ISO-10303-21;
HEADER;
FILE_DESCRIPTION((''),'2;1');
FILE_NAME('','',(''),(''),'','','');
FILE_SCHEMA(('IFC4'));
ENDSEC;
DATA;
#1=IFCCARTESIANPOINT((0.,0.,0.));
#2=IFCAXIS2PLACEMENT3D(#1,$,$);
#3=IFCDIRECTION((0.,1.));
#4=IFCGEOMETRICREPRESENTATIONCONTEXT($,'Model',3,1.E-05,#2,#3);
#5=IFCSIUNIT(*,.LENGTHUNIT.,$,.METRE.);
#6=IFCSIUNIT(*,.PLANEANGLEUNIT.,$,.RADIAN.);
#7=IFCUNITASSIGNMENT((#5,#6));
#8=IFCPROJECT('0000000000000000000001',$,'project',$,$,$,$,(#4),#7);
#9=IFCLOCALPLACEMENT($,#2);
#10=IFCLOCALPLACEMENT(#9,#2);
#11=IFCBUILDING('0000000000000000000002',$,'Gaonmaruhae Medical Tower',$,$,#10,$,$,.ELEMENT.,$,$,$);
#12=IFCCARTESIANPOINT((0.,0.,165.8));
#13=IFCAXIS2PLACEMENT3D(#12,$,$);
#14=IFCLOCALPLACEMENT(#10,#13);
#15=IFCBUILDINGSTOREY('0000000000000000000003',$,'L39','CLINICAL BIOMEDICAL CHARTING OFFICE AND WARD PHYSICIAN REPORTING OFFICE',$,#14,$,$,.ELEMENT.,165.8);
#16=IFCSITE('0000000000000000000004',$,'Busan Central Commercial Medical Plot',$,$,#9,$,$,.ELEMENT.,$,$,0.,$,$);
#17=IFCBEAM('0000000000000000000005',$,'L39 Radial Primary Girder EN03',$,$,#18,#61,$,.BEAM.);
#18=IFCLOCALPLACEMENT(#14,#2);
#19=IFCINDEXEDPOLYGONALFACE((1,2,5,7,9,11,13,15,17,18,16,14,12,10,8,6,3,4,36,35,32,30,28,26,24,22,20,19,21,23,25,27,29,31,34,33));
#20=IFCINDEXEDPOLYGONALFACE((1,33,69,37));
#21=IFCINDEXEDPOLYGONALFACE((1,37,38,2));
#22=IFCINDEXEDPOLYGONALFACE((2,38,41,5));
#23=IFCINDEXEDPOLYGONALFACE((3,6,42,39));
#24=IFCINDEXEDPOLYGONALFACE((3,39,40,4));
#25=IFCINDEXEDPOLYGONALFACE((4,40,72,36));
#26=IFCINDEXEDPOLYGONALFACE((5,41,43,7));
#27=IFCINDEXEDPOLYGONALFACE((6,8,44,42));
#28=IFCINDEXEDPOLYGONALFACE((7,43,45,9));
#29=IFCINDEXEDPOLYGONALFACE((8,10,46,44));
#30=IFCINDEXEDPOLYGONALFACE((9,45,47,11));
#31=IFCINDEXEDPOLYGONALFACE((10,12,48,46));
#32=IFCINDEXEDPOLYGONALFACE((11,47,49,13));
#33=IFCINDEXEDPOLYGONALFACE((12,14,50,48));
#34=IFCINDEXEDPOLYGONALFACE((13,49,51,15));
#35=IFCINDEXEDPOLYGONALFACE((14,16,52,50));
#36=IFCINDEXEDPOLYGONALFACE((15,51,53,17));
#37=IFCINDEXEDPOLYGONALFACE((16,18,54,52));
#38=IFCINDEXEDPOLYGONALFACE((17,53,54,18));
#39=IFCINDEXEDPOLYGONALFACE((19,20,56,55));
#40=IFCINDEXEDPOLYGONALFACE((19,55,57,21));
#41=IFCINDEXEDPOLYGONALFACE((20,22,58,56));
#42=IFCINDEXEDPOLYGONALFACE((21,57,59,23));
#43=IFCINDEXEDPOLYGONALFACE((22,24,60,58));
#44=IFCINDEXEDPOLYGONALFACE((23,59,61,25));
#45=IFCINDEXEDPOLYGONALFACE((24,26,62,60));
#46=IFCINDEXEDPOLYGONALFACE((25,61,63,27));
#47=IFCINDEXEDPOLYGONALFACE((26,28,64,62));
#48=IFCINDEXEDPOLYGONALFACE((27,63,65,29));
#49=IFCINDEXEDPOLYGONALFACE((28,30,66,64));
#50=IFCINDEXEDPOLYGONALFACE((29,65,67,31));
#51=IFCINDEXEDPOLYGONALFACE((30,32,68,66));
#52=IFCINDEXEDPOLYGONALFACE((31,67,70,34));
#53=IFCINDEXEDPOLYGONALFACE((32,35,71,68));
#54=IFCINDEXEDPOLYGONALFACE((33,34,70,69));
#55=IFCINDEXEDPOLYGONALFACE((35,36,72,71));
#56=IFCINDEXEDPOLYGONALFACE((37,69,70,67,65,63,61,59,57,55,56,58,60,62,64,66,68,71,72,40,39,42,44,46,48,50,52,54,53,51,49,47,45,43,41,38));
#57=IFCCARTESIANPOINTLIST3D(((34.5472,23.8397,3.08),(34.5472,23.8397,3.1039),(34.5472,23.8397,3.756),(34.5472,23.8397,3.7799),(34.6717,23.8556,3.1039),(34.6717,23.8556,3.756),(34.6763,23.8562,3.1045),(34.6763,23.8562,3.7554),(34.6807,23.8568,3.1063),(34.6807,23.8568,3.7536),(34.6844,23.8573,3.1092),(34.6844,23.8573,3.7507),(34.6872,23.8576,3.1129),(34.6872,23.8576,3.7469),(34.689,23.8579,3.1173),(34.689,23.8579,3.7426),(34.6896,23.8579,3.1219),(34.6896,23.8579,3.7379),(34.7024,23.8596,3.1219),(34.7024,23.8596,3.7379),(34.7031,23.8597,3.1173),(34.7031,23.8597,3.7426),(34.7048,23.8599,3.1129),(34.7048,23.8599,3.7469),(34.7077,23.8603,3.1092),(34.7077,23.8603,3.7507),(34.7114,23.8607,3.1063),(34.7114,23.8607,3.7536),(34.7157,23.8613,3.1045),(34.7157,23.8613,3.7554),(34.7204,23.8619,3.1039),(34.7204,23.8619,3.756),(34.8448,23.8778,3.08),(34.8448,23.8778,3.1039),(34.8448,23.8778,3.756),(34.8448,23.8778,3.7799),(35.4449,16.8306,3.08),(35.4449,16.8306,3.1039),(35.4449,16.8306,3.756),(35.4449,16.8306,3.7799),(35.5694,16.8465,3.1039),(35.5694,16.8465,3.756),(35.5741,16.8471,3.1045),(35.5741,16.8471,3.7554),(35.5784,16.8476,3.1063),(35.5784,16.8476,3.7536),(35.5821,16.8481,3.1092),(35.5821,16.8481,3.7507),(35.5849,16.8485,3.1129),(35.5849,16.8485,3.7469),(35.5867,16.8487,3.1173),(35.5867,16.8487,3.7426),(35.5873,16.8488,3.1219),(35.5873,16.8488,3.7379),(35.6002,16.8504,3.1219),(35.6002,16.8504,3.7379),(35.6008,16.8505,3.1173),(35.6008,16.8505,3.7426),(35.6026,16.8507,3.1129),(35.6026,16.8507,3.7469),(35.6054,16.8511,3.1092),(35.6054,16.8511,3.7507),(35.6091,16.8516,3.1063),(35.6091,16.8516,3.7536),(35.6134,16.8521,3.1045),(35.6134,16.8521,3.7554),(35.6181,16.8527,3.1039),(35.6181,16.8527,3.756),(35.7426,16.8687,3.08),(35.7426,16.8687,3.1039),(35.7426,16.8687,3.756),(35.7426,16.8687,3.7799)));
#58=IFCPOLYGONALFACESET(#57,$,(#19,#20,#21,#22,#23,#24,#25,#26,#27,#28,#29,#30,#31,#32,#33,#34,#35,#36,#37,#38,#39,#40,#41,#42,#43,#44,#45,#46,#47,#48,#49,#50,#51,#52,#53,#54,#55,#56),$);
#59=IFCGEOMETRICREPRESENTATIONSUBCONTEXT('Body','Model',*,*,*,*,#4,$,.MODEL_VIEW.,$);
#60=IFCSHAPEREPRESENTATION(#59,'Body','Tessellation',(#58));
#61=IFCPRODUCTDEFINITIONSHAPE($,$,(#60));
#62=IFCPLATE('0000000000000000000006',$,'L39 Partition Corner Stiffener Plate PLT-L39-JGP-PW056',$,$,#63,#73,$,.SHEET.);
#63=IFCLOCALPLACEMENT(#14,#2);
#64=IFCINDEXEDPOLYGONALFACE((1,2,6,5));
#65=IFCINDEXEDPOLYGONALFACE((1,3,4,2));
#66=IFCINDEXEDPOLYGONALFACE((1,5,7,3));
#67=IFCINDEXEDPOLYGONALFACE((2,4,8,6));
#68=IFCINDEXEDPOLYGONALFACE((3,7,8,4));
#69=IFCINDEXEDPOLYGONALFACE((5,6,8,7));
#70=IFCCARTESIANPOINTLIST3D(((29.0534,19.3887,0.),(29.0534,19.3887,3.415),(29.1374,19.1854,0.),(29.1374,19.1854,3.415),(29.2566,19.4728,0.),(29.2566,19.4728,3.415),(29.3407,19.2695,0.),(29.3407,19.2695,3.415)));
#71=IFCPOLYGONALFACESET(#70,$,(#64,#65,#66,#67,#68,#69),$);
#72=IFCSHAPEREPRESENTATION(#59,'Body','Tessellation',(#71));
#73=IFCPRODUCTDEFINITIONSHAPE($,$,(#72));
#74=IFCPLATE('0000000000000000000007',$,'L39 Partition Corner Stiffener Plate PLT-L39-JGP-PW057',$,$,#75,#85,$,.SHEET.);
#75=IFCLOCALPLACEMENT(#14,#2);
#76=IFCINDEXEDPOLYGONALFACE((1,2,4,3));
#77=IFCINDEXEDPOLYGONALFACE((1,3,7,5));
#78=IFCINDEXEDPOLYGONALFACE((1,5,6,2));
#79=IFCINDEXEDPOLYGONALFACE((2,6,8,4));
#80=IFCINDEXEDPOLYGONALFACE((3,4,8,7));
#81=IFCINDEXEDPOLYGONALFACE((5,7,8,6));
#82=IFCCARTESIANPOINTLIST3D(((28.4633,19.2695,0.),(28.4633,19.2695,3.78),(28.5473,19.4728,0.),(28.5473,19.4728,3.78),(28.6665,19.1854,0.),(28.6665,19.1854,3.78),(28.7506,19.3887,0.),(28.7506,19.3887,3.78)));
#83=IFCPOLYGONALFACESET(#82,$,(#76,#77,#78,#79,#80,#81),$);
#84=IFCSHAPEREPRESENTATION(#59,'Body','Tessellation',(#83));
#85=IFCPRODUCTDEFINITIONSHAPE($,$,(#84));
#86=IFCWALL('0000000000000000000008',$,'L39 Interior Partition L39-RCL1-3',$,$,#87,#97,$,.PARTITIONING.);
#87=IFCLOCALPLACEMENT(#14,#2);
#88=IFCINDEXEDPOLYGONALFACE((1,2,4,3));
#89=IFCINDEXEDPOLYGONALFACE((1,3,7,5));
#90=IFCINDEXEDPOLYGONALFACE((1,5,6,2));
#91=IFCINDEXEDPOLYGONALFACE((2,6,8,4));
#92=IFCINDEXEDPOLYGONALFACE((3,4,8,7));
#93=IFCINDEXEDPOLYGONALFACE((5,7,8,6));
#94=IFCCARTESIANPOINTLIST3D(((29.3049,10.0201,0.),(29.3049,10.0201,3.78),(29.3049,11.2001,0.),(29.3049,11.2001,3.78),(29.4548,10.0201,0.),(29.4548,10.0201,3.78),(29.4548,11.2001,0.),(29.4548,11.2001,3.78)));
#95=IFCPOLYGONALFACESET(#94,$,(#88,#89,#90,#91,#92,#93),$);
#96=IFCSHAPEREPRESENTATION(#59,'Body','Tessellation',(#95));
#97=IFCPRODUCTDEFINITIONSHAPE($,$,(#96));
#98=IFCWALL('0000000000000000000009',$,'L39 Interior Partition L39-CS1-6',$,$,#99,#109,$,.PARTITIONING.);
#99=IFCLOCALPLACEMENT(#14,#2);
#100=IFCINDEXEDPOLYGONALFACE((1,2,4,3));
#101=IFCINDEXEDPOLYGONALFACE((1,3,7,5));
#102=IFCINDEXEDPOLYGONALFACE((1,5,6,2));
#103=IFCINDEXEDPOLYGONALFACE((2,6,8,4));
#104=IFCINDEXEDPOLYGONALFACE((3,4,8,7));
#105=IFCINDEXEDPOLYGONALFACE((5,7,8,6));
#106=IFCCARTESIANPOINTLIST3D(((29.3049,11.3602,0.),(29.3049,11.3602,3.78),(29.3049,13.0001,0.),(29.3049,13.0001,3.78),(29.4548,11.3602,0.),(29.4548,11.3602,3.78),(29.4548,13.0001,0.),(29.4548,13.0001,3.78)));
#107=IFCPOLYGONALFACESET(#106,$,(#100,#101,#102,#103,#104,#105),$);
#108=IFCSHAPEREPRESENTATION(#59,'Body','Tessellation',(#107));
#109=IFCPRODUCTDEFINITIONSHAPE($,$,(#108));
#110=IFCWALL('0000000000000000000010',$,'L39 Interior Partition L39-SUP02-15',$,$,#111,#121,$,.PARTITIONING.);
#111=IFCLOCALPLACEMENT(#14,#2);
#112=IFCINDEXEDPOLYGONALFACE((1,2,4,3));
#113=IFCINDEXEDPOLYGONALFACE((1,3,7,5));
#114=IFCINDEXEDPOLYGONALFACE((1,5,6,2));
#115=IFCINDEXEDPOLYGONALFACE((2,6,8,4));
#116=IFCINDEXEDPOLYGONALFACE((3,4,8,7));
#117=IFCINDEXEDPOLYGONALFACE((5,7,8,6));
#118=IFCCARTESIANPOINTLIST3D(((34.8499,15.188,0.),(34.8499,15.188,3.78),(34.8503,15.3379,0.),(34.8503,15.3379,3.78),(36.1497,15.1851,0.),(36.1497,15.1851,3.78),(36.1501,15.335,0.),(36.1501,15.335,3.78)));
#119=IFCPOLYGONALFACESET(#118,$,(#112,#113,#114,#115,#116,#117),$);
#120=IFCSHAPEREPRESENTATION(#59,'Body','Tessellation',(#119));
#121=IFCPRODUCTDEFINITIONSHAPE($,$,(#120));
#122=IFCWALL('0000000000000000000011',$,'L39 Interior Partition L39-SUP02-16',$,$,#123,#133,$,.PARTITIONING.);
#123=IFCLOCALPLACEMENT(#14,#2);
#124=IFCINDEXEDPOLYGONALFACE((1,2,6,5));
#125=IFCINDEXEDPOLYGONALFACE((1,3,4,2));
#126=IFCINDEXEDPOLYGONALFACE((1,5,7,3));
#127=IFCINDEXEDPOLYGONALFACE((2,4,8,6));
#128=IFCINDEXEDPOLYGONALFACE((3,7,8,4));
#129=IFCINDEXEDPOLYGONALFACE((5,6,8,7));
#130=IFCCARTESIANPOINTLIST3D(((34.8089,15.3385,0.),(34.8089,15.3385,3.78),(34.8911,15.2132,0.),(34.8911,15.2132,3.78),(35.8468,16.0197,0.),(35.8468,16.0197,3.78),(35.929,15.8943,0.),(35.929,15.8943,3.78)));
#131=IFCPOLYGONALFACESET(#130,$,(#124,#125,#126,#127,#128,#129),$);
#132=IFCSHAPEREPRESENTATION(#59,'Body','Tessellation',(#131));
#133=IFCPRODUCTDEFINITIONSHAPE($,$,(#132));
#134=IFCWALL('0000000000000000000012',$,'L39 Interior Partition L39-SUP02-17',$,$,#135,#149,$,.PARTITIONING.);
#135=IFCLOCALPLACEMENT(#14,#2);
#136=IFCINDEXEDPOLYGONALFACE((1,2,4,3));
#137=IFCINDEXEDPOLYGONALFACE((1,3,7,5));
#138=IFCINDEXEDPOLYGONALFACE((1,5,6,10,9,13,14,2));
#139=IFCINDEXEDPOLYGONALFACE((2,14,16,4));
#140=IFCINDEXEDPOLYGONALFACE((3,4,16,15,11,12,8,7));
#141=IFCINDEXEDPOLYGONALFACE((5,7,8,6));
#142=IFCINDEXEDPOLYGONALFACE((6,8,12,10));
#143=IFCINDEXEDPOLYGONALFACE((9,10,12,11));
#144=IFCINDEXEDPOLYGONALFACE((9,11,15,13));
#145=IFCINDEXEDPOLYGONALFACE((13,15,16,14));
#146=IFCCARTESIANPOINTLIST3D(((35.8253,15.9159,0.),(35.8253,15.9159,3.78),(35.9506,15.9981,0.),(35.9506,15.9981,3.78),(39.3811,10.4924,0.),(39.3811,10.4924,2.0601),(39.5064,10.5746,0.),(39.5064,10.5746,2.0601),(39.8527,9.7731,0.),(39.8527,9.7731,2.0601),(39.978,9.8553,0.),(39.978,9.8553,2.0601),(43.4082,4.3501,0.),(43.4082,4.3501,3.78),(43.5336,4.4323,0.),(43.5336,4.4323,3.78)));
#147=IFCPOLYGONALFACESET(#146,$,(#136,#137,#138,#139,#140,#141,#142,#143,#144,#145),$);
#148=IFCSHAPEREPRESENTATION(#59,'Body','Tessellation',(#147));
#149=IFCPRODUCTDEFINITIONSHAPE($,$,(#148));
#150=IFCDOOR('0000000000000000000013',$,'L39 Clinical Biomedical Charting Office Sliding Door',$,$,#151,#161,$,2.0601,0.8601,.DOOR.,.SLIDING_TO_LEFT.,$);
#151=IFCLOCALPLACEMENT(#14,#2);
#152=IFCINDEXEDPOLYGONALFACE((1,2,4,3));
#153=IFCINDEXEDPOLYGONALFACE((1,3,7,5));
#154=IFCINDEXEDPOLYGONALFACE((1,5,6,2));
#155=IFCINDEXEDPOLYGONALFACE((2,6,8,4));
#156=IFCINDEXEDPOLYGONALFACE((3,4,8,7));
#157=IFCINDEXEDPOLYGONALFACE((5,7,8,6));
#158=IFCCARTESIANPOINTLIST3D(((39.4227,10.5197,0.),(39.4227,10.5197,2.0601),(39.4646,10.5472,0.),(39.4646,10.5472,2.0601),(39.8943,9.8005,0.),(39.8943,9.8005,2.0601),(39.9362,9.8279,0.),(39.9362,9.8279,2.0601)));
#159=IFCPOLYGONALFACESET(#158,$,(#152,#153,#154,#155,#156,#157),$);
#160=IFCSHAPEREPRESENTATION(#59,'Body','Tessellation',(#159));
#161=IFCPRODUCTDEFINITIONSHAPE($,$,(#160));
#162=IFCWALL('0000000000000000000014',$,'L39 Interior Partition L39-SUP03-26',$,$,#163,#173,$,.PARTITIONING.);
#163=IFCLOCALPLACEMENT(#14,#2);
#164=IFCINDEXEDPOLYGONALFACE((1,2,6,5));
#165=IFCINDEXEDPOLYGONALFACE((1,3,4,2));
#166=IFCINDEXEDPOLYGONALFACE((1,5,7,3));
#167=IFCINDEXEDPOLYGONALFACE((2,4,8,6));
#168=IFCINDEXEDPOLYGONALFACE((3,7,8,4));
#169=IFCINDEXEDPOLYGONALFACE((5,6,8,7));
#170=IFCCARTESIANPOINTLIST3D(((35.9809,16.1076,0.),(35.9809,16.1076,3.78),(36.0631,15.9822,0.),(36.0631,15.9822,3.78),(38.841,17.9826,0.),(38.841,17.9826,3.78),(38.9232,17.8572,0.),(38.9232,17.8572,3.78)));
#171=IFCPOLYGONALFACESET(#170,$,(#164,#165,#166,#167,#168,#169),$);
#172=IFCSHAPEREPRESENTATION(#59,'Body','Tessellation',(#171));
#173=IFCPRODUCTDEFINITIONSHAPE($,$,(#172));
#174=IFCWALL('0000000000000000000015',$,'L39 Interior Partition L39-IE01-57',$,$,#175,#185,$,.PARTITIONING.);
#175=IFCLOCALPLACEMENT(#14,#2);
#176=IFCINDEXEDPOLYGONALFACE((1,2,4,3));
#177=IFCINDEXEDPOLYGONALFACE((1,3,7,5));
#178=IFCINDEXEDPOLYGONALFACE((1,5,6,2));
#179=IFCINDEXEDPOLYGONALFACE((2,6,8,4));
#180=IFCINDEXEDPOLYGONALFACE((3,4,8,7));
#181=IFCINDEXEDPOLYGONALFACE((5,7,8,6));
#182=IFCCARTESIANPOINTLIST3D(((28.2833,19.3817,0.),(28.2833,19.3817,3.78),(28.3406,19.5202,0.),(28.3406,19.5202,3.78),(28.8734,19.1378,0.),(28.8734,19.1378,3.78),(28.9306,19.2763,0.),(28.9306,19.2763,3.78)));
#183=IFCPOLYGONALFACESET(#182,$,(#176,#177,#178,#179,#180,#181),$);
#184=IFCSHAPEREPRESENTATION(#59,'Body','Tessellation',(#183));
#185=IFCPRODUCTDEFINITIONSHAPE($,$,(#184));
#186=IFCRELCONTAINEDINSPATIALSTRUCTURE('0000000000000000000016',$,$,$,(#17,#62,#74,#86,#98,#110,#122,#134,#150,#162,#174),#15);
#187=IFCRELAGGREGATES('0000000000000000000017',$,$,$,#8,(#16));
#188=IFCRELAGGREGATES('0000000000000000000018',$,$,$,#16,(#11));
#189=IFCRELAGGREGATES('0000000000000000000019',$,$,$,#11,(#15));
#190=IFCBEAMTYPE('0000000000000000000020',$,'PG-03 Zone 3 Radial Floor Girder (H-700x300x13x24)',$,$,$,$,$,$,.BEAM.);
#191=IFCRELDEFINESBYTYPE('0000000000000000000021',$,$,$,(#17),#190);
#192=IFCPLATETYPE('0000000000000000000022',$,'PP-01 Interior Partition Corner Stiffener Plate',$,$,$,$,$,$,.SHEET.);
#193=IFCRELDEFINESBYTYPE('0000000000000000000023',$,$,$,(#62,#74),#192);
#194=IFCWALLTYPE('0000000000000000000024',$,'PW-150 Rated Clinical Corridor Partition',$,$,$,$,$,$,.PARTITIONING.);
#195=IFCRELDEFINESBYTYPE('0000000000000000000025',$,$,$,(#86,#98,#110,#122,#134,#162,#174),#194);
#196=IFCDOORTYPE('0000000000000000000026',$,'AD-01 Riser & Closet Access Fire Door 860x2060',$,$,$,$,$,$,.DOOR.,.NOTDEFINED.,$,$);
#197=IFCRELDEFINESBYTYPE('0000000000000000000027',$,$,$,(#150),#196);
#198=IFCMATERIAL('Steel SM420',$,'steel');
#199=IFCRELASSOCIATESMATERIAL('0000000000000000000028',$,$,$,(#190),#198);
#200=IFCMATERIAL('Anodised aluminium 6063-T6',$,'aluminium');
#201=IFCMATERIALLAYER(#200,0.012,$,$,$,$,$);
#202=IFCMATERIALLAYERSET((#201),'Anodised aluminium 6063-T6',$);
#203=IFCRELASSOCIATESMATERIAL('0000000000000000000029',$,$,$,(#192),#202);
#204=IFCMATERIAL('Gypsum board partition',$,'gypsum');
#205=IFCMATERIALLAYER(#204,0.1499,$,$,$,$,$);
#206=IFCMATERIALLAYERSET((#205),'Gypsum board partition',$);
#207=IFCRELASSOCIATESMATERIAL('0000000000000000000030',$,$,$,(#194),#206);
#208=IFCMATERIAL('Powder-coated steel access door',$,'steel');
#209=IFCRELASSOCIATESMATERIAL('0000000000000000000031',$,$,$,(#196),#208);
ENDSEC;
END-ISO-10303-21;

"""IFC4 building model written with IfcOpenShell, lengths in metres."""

from ifc_helpers import new_model, si_unit, direction, frame, frame_2d, origin, origin_2d, place, context, subcontext, project, spatial, rectangle, i_section, extrude, material, layer, layer_set, material_profile, profile_set, type_object, element, fill, save


model = new_model("IFC4")

# Units and contexts
model_context = context("Model", 3, precision=1e-05, world=origin(), true_north=direction((0.0, 1.0)))
body_context = subcontext(model_context, "Body", "Model", "MODEL_VIEW")
ifc_project = project(units=[si_unit("LENGTHUNIT", "METRE"), si_unit("PLANEANGLEUNIT", "RADIAN")], contexts=[model_context])

# Site, building, storey
site_placement = place(None, origin())
site = spatial("IfcSite", under=ifc_project, at=site_placement, Name="Busan Central Commercial Medical Plot", CompositionType="ELEMENT", RefElevation=0.0)
building_placement = place(site_placement, origin())
building = spatial("IfcBuilding", under=site, at=building_placement, Name="Gaonmaruhae Medical Tower", CompositionType="ELEMENT")
storey_placement = place(building_placement, frame((0.0, 0.0, 165.8)))
storey = spatial("IfcBuildingStorey", under=building, at=storey_placement, Name="L39", Description="CLINICAL BIOMEDICAL CHARTING OFFICE AND WARD PHYSICIAN REPORTING OFFICE", CompositionType="ELEMENT", Elevation=165.8)

# Beam
ifc_material_1 = material(Name="Steel SM420", Category="steel")
ifc_material_profile_1 = material_profile(ifc_material_1, i_section(OverallWidth=0.3, OverallDepth=0.7, WebThickness=0.0129, FlangeThickness=0.0239, FilletRadius=0.0181, at=origin_2d()), Name="H-700x300x13x24")
ifc_profile_set_1 = profile_set([ifc_material_profile_1], Name="Steel SM420")
beam_type = type_object("IfcBeamType", Name="PG-03 Zone 3 Radial Floor Girder (H-700x300x13x24)", PredefinedType="BEAM", material=ifc_profile_set_1)
beam_1_placement = place(storey_placement, frame((35.5938, 16.8496, 3.4299), z_axis=(-0.127041, 0.991898, 0.0), x_axis=(-0.991898, -0.127041, 0.0)))
element("IfcBeam", 1, at=beam_1_placement, inside=storey, type_object=beam_type, Name="L39 Radial Primary Girder EN03", PredefinedType="BEAM", context=body_context, shape_type="SweptSolid", body=[
    extrude(i_section(OverallWidth=0.3, OverallDepth=0.7, WebThickness=0.0129, FlangeThickness=0.0239, FilletRadius=0.0181, at=origin_2d()), origin(), (0.0, 0.0, 1.0), 7.0664),
])

# Plates
ifc_material_2 = material(Name="Anodised aluminium 6063-T6", Category="aluminium")
ifc_layer_1 = layer(ifc_material_2, 0.012)
ifc_layer_set_1 = layer_set([ifc_layer_1], Name="Anodised aluminium 6063-T6")
plate_type = type_object("IfcPlateType", Name="PP-01 Interior Partition Corner Stiffener Plate", PredefinedType="SHEET", material=ifc_layer_set_1)
plate_1_placement = place(storey_placement, frame((29.197, 19.3291, 0.0), z_axis=(0.0, 0.0, 1.0), x_axis=(-0.924093, -0.382167, 0.0)))
element("IfcPlate", 2, at=plate_1_placement, inside=storey, type_object=plate_type, Name="L39 Partition Corner Stiffener Plate PLT-L39-JGP-PW056", PredefinedType="SHEET", context=body_context, shape_type="SweptSolid", body=[
    extrude(rectangle(XDim=0.22, YDim=0.22, at=origin_2d()), origin(), (0.0, 0.0, 1.0), 3.415),
])
plate_2_placement = place(storey_placement, frame((28.6069, 19.3291, 0.0), z_axis=(0.0, 0.0, 1.0), x_axis=(-0.924093, 0.382167, 0.0)))
element("IfcPlate", 3, at=plate_2_placement, inside=storey, type_object=plate_type, Name="L39 Partition Corner Stiffener Plate PLT-L39-JGP-PW057", PredefinedType="SHEET", context=body_context, shape_type="SweptSolid", body=[
    extrude(rectangle(XDim=0.22, YDim=0.22, at=origin_2d()), origin(), (0.0, 0.0, 1.0), 3.78),
])

# Walls
ifc_material_3 = material(Name="Gypsum board partition", Category="gypsum")
ifc_layer_2 = layer(ifc_material_3, 0.1499)
ifc_layer_set_2 = layer_set([ifc_layer_2], Name="Gypsum board partition")
wall_type_1 = type_object("IfcWallType", Name="PW-150 Rated Clinical Corridor Partition", PredefinedType="PARTITIONING", material=ifc_layer_set_2)
wall_1_placement = place(storey_placement, frame((29.3799, 11.2, 0.0), z_axis=(0.0, 0.0, 1.0), x_axis=(0.0, -1.0, 0.0)))
element("IfcWall", 4, at=wall_1_placement, inside=storey, type_object=wall_type_1, Name="L39 Interior Partition L39-RCL1-3", PredefinedType="PARTITIONING", context=body_context, shape_type="SweptSolid", body=[
    extrude(rectangle(XDim=1.1799, YDim=0.1499, at=frame_2d((0.5898, 0.0))), origin(), (0.0, 0.0, 1.0), 3.78),
])
wall_2_placement = place(storey_placement, frame((29.3799, 13.0, 0.0), z_axis=(0.0, 0.0, 1.0), x_axis=(0.0, -1.0, 0.0)))
element("IfcWall", 5, at=wall_2_placement, inside=storey, type_object=wall_type_1, Name="L39 Interior Partition L39-CS1-6", PredefinedType="PARTITIONING", context=body_context, shape_type="SweptSolid", body=[
    extrude(rectangle(XDim=1.6399, YDim=0.1499, at=frame_2d((0.8198, 0.0))), origin(), (0.0, 0.0, 1.0), 3.78),
])
wall_3_placement = place(storey_placement, frame((36.1499, 15.26, 0.0), z_axis=(0.0, 0.0, 1.0), x_axis=(-0.999997, 0.002254, 0.0)))
element("IfcWall", 6, at=wall_3_placement, inside=storey, type_object=wall_type_1, Name="L39 Interior Partition L39-SUP02-15", PredefinedType="PARTITIONING", context=body_context, shape_type="SweptSolid", body=[
    extrude(rectangle(XDim=1.2998, YDim=0.1499, at=frame_2d((0.6499, 0.0))), origin(), (0.0, 0.0, 1.0), 3.78),
])
wall_4_placement = place(storey_placement, frame((34.8501, 15.2759, 0.0), z_axis=(0.0, 0.0, 1.0), x_axis=(0.836023, 0.548695, 0.0)))
element("IfcWall", 7, at=wall_4_placement, inside=storey, type_object=wall_type_1, Name="L39 Interior Partition L39-SUP02-16", PredefinedType="PARTITIONING", context=body_context, shape_type="SweptSolid", body=[
    extrude(rectangle(XDim=1.2415, YDim=0.1499, at=frame_2d((0.6206, 0.0))), origin(), (0.0, 0.0, 1.0), 3.78),
])

# Wall, opening, door
wall_5_placement = place(storey_placement, frame((35.8879, 15.957, 0.0), z_axis=(0.0, 0.0, 1.0), x_axis=(0.548296, -0.836284, 0.0)))
wall_5 = element("IfcWall", 8, at=wall_5_placement, inside=storey, type_object=wall_type_1, Name="L39 Interior Partition L39-SUP02-17", PredefinedType="PARTITIONING", context=body_context, shape_type="SweptSolid", body=[
    extrude(rectangle(XDim=13.8301, YDim=0.1499, at=frame_2d((6.915, 0.0))), origin(), (0.0, 0.0, 1.0), 3.78),
])
opening_1_placement = place(wall_5_placement, frame((6.4851, 0.0, 0.0)))
opening_1 = element("IfcOpeningElement", 9, at=opening_1_placement, cuts=wall_5, PredefinedType="OPENING", context=body_context, shape_type="SweptSolid", body=[
    extrude(rectangle(XDim=0.8601, YDim=2.0601, at=frame_2d((0.4302, 1.03))), frame((0.0, 0.085, 0.0), z_axis=(0.0, -1.0, 0.0), x_axis=(1.0, 0.0, 0.0)), (0.0, 0.0, 1.0), 0.1699),
])
ifc_material_4 = material(Name="Powder-coated steel access door", Category="steel")
door_type_1 = type_object("IfcDoorType", Name="AD-01 Riser & Closet Access Fire Door 860x2060", OperationType="NOTDEFINED", PredefinedType="DOOR", material=ifc_material_4)
door_1_placement = place(opening_1_placement, origin())
door_1 = element("IfcDoor", 10, at=door_1_placement, inside=storey, type_object=door_type_1, Name="L39 Clinical Biomedical Charting Office Sliding Door", OperationType="SLIDING_TO_LEFT", OverallHeight=2.0601, OverallWidth=0.8601, PredefinedType="DOOR", context=body_context, shape_type="SweptSolid", body=[
    extrude(rectangle(XDim=0.8601, YDim=2.0601, at=frame_2d((0.4302, 1.03))), frame((0.0, 0.0249, 0.0), z_axis=(0.0, -1.0, 0.0), x_axis=(1.0, 0.0, 0.0)), (0.0, 0.0, 1.0), 0.05),
])
fill(opening_1, door_1)

# Walls
wall_6_placement = place(storey_placement, frame((36.022, 16.0449, 0.0), z_axis=(0.0, 0.0, 1.0), x_axis=(0.836309, 0.548259, 0.0)))
element("IfcWall", 11, at=wall_6_placement, inside=storey, type_object=wall_type_1, Name="L39 Interior Partition L39-SUP03-26", PredefinedType="PARTITIONING", context=body_context, shape_type="SweptSolid", body=[
    extrude(rectangle(XDim=3.4199, YDim=0.1499, at=frame_2d((1.71, 0.0))), origin(), (0.0, 0.0, 1.0), 3.78),
])
wall_7_placement = place(storey_placement, frame((28.9021, 19.207, 0.0), z_axis=(0.0, 0.0, 1.0), x_axis=(-0.92417, 0.38198, 0.0)))
element("IfcWall", 12, at=wall_7_placement, inside=storey, type_object=wall_type_1, Name="L39 Interior Partition L39-IE01-57", PredefinedType="PARTITIONING", context=body_context, shape_type="SweptSolid", body=[
    extrude(rectangle(XDim=0.6384, YDim=0.1499, at=frame_2d((0.3193, 0.0))), origin(), (0.0, 0.0, 1.0), 3.78),
])

save(model, "model.ifc")
